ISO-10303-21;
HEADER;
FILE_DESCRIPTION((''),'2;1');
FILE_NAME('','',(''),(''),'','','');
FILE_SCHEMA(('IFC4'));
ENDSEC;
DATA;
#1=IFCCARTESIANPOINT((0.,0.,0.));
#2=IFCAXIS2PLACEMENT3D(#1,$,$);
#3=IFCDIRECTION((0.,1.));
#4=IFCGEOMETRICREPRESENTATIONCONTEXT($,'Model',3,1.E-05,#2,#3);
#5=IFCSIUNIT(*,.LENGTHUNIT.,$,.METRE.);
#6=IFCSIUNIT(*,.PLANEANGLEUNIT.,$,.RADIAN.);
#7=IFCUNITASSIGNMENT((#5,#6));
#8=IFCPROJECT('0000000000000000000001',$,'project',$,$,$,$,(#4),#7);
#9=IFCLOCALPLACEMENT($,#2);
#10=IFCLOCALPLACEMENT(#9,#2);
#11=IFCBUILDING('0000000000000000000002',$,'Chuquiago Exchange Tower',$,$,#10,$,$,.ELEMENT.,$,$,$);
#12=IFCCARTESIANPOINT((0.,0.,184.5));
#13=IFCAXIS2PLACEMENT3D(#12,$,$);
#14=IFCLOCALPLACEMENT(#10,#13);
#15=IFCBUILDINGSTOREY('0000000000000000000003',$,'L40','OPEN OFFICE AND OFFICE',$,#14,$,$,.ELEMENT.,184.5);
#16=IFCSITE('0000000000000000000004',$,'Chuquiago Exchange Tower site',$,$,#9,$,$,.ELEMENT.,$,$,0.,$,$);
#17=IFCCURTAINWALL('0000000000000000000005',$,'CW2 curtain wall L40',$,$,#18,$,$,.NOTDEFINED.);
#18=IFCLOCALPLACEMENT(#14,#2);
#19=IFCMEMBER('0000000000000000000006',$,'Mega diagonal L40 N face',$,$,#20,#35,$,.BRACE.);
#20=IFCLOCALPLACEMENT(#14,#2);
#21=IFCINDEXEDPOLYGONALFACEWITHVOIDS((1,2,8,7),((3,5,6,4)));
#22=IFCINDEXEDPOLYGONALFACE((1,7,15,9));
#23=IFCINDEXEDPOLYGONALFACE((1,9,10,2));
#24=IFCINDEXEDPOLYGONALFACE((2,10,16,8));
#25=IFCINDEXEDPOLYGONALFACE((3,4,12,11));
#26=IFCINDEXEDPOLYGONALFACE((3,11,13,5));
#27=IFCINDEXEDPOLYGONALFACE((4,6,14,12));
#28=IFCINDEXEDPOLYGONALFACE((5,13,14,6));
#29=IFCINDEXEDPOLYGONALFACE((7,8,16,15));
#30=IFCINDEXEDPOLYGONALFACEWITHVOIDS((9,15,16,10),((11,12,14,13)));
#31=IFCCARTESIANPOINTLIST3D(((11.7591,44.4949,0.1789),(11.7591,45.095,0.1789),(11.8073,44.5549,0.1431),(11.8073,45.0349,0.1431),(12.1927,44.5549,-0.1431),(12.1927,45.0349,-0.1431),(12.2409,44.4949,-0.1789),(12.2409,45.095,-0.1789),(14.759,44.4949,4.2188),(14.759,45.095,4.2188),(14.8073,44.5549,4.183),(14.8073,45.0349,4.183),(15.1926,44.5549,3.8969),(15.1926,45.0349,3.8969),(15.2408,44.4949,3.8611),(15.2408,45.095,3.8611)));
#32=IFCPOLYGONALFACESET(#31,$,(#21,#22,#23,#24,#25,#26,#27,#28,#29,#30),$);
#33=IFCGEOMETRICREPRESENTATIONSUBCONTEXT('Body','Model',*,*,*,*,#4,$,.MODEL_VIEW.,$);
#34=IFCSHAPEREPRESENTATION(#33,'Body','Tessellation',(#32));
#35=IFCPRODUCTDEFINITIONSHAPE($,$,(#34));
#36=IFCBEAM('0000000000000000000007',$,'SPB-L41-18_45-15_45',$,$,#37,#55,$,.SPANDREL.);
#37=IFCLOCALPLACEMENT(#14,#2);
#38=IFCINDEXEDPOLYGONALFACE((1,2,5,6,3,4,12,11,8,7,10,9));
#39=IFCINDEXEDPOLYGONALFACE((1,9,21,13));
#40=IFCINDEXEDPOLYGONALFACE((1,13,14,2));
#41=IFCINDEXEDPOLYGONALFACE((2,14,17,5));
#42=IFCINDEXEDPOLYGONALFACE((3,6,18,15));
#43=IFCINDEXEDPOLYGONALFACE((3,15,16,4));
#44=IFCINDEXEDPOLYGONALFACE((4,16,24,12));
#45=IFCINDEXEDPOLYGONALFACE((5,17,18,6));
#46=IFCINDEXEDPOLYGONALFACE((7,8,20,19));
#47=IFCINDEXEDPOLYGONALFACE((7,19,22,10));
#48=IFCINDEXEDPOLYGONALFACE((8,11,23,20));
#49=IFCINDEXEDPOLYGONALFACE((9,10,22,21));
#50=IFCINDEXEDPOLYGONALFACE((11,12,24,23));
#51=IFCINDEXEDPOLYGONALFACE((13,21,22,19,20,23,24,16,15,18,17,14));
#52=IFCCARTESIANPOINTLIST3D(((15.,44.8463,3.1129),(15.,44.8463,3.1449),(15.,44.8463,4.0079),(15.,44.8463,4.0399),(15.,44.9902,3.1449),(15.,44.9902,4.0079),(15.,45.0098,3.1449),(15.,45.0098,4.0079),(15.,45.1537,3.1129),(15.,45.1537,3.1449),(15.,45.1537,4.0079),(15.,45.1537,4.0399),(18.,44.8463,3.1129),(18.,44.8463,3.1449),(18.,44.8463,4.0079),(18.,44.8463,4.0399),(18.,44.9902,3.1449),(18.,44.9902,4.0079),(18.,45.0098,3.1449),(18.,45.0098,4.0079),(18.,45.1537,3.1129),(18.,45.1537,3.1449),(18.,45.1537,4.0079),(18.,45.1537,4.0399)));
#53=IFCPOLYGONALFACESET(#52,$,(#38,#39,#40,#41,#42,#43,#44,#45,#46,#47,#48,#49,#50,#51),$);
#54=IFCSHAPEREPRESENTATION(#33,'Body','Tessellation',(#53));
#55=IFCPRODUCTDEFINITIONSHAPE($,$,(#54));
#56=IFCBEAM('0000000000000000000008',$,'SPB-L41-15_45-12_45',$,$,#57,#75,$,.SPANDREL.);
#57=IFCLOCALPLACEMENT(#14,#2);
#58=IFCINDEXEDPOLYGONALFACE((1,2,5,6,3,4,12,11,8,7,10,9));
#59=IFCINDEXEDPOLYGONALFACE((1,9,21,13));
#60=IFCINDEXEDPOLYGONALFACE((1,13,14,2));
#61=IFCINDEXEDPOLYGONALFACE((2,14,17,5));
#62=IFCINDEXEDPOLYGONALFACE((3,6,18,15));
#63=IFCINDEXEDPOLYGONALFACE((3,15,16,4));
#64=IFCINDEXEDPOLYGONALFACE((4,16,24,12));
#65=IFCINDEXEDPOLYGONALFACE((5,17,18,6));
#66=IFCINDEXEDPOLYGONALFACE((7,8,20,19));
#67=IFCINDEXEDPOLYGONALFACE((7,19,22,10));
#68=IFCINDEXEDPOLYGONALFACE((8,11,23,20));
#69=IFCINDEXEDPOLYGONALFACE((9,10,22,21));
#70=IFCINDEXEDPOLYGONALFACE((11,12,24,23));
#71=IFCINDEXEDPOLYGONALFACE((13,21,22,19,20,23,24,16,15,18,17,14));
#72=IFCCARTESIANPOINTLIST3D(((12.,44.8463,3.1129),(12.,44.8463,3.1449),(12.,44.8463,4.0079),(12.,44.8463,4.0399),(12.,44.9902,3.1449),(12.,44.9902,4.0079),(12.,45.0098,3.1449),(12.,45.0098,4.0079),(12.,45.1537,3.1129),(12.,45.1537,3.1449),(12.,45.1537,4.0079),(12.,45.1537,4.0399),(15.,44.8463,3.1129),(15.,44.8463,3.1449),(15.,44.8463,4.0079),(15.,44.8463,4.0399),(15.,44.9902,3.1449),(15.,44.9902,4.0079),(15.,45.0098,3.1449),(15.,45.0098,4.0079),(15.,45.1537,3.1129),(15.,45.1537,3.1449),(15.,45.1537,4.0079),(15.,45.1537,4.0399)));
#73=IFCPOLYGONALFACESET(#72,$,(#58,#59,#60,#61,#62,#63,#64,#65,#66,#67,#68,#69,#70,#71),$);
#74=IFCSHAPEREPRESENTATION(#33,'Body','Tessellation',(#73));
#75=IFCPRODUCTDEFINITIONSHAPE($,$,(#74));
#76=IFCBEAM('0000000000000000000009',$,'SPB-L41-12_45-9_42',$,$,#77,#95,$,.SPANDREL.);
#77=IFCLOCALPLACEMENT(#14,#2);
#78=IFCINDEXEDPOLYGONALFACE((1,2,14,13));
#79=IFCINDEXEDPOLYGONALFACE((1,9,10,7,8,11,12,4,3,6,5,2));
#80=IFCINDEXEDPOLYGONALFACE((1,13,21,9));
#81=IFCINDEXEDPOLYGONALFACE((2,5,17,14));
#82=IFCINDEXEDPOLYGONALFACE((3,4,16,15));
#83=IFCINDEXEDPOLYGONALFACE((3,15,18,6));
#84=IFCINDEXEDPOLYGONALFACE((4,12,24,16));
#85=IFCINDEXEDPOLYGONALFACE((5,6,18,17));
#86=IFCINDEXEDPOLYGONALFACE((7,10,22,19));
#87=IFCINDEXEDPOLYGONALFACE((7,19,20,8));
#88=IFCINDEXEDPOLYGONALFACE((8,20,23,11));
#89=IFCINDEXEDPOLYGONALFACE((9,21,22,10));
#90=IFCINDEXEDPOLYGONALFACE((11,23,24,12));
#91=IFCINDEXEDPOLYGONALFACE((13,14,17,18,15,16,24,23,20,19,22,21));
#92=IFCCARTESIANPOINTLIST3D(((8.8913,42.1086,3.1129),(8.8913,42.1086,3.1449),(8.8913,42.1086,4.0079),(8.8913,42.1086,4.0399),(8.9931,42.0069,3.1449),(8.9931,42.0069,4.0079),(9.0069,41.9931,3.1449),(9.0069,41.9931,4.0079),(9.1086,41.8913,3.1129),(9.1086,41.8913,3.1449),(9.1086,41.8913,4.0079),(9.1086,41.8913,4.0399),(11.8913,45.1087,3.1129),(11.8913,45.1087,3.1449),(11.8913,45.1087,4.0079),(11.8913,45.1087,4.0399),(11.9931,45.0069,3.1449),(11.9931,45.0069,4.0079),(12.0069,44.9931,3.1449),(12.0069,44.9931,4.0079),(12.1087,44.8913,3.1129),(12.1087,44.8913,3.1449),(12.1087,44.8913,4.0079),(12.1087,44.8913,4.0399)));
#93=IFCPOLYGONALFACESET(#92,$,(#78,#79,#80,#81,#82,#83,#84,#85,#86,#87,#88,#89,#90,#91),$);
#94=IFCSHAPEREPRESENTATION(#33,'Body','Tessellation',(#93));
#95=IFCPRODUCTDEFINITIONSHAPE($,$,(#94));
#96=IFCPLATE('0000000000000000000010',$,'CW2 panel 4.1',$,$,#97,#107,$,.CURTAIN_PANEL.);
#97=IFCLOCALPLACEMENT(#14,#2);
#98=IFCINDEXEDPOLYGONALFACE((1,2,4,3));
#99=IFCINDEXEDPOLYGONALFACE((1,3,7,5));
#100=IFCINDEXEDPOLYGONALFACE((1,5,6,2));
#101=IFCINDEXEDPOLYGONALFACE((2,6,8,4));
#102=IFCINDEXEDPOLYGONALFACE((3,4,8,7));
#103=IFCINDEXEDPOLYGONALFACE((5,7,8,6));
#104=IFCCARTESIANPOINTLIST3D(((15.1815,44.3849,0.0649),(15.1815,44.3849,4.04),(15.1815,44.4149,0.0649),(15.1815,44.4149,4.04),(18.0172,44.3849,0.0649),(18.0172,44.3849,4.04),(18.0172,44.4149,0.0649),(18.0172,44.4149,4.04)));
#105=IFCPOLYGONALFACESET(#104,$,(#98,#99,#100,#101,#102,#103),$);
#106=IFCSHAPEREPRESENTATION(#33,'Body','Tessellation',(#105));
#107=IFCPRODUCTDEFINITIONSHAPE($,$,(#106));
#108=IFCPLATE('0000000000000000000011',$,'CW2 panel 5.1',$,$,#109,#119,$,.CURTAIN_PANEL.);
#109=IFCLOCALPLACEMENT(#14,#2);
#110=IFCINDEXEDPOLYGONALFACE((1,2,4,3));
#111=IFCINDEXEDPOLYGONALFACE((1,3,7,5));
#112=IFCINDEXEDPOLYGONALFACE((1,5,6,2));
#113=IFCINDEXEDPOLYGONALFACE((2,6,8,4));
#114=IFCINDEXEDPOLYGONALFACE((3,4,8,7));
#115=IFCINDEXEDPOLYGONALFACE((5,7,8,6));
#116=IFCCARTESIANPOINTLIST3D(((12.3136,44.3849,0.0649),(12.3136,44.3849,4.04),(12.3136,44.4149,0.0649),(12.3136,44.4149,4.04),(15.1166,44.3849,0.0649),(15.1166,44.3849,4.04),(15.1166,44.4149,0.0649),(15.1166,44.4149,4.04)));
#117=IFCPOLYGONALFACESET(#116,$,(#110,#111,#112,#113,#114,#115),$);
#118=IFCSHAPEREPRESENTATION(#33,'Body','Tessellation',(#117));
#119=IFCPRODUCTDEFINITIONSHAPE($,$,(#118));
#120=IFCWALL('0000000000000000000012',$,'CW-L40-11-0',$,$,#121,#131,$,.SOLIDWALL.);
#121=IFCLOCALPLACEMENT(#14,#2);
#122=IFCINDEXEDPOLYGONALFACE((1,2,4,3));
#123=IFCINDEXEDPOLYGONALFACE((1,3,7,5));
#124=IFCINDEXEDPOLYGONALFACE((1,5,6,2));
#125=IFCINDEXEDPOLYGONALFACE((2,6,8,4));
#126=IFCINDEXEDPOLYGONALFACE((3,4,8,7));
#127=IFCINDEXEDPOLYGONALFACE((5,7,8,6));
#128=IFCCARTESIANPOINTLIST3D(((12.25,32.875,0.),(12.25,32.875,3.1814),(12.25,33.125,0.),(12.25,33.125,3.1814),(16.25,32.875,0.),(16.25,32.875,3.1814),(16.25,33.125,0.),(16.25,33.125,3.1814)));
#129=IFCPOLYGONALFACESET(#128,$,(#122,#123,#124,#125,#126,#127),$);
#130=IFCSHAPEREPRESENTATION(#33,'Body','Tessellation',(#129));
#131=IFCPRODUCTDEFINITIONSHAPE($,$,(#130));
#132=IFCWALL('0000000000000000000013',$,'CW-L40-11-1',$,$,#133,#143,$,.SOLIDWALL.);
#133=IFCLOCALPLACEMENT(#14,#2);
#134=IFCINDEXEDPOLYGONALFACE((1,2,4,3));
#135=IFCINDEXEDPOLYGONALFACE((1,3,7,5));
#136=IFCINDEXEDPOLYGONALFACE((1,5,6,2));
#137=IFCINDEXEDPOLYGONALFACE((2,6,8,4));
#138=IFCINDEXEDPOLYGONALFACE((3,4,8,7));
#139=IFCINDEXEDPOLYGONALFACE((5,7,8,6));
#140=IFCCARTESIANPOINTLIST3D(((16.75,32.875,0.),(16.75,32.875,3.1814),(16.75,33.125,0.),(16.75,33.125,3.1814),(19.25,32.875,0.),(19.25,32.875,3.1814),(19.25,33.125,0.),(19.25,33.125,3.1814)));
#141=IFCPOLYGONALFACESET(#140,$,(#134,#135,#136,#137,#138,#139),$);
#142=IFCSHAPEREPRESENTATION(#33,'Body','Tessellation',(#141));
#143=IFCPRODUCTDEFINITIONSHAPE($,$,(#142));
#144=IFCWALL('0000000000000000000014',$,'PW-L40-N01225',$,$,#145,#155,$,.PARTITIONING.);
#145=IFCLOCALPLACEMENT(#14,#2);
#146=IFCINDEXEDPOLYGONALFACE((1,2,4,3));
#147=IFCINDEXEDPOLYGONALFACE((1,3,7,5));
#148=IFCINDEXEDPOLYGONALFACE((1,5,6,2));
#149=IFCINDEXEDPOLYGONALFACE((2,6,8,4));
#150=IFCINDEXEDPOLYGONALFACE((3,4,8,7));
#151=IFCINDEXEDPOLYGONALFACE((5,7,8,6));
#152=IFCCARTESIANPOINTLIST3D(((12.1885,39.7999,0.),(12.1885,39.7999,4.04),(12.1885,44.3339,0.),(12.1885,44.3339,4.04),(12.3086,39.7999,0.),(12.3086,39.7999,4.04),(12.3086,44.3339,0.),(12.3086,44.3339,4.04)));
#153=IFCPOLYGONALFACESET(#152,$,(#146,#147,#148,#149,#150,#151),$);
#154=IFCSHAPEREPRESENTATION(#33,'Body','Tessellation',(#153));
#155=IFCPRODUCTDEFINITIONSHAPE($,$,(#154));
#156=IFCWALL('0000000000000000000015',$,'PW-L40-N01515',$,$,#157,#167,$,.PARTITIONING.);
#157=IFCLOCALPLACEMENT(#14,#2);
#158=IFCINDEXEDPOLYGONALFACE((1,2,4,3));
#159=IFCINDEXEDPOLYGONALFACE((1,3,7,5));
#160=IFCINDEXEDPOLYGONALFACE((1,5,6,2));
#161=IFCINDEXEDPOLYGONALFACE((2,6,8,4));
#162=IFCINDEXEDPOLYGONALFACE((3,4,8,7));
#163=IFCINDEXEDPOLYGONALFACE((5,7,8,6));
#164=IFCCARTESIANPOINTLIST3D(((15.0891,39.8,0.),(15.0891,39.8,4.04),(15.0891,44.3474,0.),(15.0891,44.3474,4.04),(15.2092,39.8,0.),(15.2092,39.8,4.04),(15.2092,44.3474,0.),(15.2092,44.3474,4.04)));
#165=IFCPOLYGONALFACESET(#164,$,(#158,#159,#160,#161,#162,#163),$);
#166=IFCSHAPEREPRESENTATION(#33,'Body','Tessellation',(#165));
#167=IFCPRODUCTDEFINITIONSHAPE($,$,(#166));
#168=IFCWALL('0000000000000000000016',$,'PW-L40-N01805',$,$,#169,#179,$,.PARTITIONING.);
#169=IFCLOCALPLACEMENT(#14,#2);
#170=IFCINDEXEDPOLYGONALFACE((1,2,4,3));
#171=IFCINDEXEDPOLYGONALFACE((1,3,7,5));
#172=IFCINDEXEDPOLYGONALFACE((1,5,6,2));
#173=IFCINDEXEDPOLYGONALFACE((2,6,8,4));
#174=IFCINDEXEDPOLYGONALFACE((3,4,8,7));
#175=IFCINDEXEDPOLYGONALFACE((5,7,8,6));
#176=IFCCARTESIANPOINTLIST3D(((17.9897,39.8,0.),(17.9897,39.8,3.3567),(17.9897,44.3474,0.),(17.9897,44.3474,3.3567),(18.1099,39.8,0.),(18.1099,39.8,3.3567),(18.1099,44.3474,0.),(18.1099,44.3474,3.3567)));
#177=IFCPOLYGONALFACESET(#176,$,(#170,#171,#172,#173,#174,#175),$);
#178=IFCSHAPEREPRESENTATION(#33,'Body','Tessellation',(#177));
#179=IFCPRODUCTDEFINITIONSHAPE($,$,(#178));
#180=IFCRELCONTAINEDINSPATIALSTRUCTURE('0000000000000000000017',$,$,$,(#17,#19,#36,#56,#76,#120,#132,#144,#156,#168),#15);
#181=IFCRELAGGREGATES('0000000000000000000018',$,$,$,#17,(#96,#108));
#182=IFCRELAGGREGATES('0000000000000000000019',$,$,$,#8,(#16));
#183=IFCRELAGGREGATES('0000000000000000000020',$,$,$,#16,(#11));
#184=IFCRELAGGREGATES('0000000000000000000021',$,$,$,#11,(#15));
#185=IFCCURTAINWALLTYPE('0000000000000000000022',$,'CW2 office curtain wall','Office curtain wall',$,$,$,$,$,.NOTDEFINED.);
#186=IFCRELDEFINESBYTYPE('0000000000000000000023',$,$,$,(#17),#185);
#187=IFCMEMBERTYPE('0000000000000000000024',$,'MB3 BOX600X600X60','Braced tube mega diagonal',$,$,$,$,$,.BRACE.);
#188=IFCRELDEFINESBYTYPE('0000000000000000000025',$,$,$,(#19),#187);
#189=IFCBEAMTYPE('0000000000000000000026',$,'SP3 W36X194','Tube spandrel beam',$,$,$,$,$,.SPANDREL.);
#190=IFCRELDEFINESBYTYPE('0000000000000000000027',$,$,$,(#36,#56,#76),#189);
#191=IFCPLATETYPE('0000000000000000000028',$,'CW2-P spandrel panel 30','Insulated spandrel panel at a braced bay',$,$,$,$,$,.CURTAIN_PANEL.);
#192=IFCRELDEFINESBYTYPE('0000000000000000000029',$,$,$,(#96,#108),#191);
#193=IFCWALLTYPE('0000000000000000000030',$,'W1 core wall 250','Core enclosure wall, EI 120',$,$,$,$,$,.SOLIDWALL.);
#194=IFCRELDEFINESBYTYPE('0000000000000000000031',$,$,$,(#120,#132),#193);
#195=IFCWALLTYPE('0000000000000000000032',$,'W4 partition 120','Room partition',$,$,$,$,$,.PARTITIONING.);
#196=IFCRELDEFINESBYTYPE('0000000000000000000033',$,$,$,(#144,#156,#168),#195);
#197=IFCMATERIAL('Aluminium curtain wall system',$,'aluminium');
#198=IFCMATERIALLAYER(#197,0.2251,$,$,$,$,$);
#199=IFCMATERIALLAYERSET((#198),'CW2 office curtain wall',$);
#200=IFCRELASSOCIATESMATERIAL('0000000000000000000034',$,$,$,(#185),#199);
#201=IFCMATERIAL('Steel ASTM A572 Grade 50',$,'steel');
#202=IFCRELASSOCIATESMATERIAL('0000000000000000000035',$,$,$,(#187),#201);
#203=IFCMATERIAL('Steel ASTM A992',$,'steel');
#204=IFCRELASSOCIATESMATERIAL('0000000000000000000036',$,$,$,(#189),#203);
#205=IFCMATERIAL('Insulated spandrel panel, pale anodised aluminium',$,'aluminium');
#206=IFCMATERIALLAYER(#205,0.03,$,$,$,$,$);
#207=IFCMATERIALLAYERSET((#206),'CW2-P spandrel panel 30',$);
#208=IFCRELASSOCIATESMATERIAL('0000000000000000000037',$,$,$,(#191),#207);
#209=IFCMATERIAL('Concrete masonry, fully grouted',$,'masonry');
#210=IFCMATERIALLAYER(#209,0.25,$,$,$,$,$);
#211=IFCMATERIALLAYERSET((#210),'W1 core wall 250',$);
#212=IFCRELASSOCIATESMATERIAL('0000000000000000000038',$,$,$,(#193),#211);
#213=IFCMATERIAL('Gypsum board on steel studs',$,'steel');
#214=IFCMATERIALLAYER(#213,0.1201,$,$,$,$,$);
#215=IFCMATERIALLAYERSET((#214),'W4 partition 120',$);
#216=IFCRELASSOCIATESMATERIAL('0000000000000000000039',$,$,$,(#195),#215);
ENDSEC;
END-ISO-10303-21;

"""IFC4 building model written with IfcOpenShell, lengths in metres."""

from ifc_helpers import new_model, si_unit, direction, frame, frame_2d, origin, origin_2d, place, context, subcontext, project, spatial, rectangle, hollow_rectangle, i_section, extrude, material, layer, layer_set, material_profile, profile_set, type_object, element, aggregate, save


model = new_model("IFC4")

# Units and contexts
model_context = context("Model", 3, precision=1e-05, world=origin(), true_north=direction((0.0, 1.0)))
body_context = subcontext(model_context, "Body", "Model", "MODEL_VIEW")
ifc_project = project(units=[si_unit("LENGTHUNIT", "METRE"), si_unit("PLANEANGLEUNIT", "RADIAN")], contexts=[model_context])

# Site, building, storey
site_placement = place(None, origin())
site = spatial("IfcSite", under=ifc_project, at=site_placement, Name="Chuquiago Exchange Tower site", CompositionType="ELEMENT", RefElevation=0.0)
building_placement = place(site_placement, origin())
building = spatial("IfcBuilding", under=site, at=building_placement, Name="Chuquiago Exchange Tower", CompositionType="ELEMENT")
storey_placement = place(building_placement, frame((0.0, 0.0, 184.5)))
storey = spatial("IfcBuildingStorey", under=building, at=storey_placement, Name="L40", Description="OPEN OFFICE AND OFFICE", CompositionType="ELEMENT", Elevation=184.5)

# Curtain wall
ifc_material_1 = material(Name="Aluminium curtain wall system", Category="aluminium")
ifc_layer_1 = layer(ifc_material_1, 0.2251)
ifc_layer_set_1 = layer_set([ifc_layer_1], Name="CW2 office curtain wall")
curtain_wall_type_1 = type_object("IfcCurtainWallType", Name="CW2 office curtain wall", Description="Office curtain wall", PredefinedType="NOTDEFINED", material=ifc_layer_set_1)
curtain_wall_1_placement = place(storey_placement, origin())
curtain_wall_1 = element("IfcCurtainWall", 1, at=curtain_wall_1_placement, inside=storey, type_object=curtain_wall_type_1, Name="CW2 curtain wall L40", PredefinedType="NOTDEFINED")

# Member
ifc_material_2 = material(Name="Steel ASTM A572 Grade 50", Category="steel")
ifc_material_profile_1 = material_profile(ifc_material_2, hollow_rectangle(XDim=0.6001, YDim=0.6001, WallThickness=0.0601, at=origin_2d()), Name="BOX600X600X60")
ifc_profile_set_1 = profile_set([ifc_material_profile_1], Name="Steel ASTM A572 Grade 50")
member_type_1 = type_object("IfcMemberType", Name="MB3 BOX600X600X60", Description="Braced tube mega diagonal", PredefinedType="BRACE", material=ifc_profile_set_1)
for number, where, z_axis, x_axis, name in (
    (2, (12.0, 44.7949, 0.0), (0.596174, 0.0, 0.802855), (0.0, 1.0, 0.0), "Mega diagonal L40 N face"),
):
    element("IfcMember", number, at=place(storey_placement, frame(where, z_axis=z_axis, x_axis=x_axis)), inside=storey, type_object=member_type_1, Name=name, PredefinedType="BRACE", context=body_context, shape_type="SweptSolid", body=[
        extrude(hollow_rectangle(XDim=0.6001, YDim=0.6001, WallThickness=0.0601, at=origin_2d()), origin(), (0.0, 0.0, 1.0), 5.032),
    ])

# Beams
ifc_material_3 = material(Name="Steel ASTM A992", Category="steel")
ifc_material_profile_2 = material_profile(ifc_material_3, i_section(OverallWidth=0.3074, OverallDepth=0.927, WebThickness=0.0195, FlangeThickness=0.032, at=origin_2d()), Name="W36X194")
ifc_profile_set_2 = profile_set([ifc_material_profile_2], Name="Steel ASTM A992")
beam_type_1 = type_object("IfcBeamType", Name="SP3 W36X194", Description="Tube spandrel beam", PredefinedType="SPANDREL", material=ifc_profile_set_2)
for number, where, z_axis, x_axis, name in (
    (3, (18.0, 45.0, 3.5764), (-1.0, 0.0, 0.0), (0.0, -1.0, 0.0), "SPB-L41-18_45-15_45"),
    (4, (15.0, 45.0, 3.5764), (-1.0, 0.0, 0.0), (0.0, -1.0, 0.0), "SPB-L41-15_45-12_45"),
):
    element("IfcBeam", number, at=place(storey_placement, frame(where, z_axis=z_axis, x_axis=x_axis)), inside=storey, type_object=beam_type_1, Name=name, PredefinedType="SPANDREL", context=body_context, shape_type="SweptSolid", body=[
        extrude(i_section(OverallWidth=0.3074, OverallDepth=0.927, WebThickness=0.0195, FlangeThickness=0.032, at=origin_2d()), origin(), (0.0, 0.0, 1.0), 3.0),
    ])
beam_1_placement = place(storey_placement, frame((12.0, 45.0, 3.5764), z_axis=(-0.707107, -0.707107, 0.0), x_axis=(0.707107, -0.707107, 0.0)))
element("IfcBeam", 5, at=beam_1_placement, inside=storey, type_object=beam_type_1, Name="SPB-L41-12_45-9_42", PredefinedType="SPANDREL", context=body_context, shape_type="SweptSolid", body=[
    extrude(i_section(OverallWidth=0.3074, OverallDepth=0.927, WebThickness=0.0195, FlangeThickness=0.032, at=origin_2d()), origin(), (0.0, 0.0, 1.0), 4.2427),
])

# Plates
ifc_material_4 = material(Name="Insulated spandrel panel, pale anodised aluminium", Category="aluminium")
ifc_layer_2 = layer(ifc_material_4, 0.03)
ifc_layer_set_2 = layer_set([ifc_layer_2], Name="CW2-P spandrel panel 30")
plate_type = type_object("IfcPlateType", Name="CW2-P spandrel panel 30", Description="Insulated spandrel panel at a braced bay", PredefinedType="CURTAIN_PANEL", material=ifc_layer_set_2)
plate_1_placement = place(storey_placement, frame((16.5994, 44.3999, 0.0649), z_axis=(0.0, 0.0, 1.0), x_axis=(-1.0, 0.0, 0.0)))
plate_1 = element("IfcPlate", 6, at=plate_1_placement, type_object=plate_type, Name="CW2 panel 4.1", PredefinedType="CURTAIN_PANEL", context=body_context, shape_type="SweptSolid", body=[
    extrude(rectangle(XDim=2.8357, YDim=0.03, at=origin_2d()), origin(), (0.0, 0.0, 1.0), 3.9751),
])
plate_2_placement = place(storey_placement, frame((13.7151, 44.3999, 0.0649), z_axis=(0.0, 0.0, 1.0), x_axis=(-1.0, 0.0, 0.0)))
plate_2 = element("IfcPlate", 7, at=plate_2_placement, type_object=plate_type, Name="CW2 panel 5.1", PredefinedType="CURTAIN_PANEL", context=body_context, shape_type="SweptSolid", body=[
    extrude(rectangle(XDim=2.803, YDim=0.03, at=origin_2d()), origin(), (0.0, 0.0, 1.0), 3.9751),
])
aggregate(curtain_wall_1, [plate_1, plate_2])

# Walls
ifc_material_5 = material(Name="Concrete masonry, fully grouted", Category="masonry")
ifc_layer_3 = layer(ifc_material_5, 0.25)
ifc_layer_set_3 = layer_set([ifc_layer_3], Name="W1 core wall 250")
wall_type_1 = type_object("IfcWallType", Name="W1 core wall 250", Description="Core enclosure wall, EI 120", PredefinedType="SOLIDWALL", material=ifc_layer_set_3)
wall_1_placement = place(storey_placement, frame((12.25, 33.0, 0.0), z_axis=(0.0, 0.0, 1.0), x_axis=(1.0, 0.0, 0.0)))
element("IfcWall", 8, at=wall_1_placement, inside=storey, type_object=wall_type_1, Name="CW-L40-11-0", PredefinedType="SOLIDWALL", context=body_context, shape_type="SweptSolid", body=[
    extrude(rectangle(XDim=4.0, YDim=0.25, at=frame_2d((2.0, 0.0))), origin(), (0.0, 0.0, 1.0), 3.1814),
])
wall_2_placement = place(storey_placement, frame((16.75, 33.0, 0.0), z_axis=(0.0, 0.0, 1.0), x_axis=(1.0, 0.0, 0.0)))
element("IfcWall", 9, at=wall_2_placement, inside=storey, type_object=wall_type_1, Name="CW-L40-11-1", PredefinedType="SOLIDWALL", context=body_context, shape_type="SweptSolid", body=[
    extrude(rectangle(XDim=2.5, YDim=0.25, at=frame_2d((1.25, 0.0))), origin(), (0.0, 0.0, 1.0), 3.1814),
])
ifc_material_6 = material(Name="Gypsum board on steel studs", Category="steel")
ifc_layer_4 = layer(ifc_material_6, 0.1201)
ifc_layer_set_4 = layer_set([ifc_layer_4], Name="W4 partition 120")
wall_type_2 = type_object("IfcWallType", Name="W4 partition 120", Description="Room partition", PredefinedType="PARTITIONING", material=ifc_layer_set_4)
wall_3_placement = place(storey_placement, frame((12.2485, 44.334, 0.0), z_axis=(0.0, 0.0, 1.0), x_axis=(0.0, -1.0, 0.0)))
element("IfcWall", 10, at=wall_3_placement, inside=storey, type_object=wall_type_2, Name="PW-L40-N01225", PredefinedType="PARTITIONING", context=body_context, shape_type="SweptSolid", body=[
    extrude(rectangle(XDim=4.5339, YDim=0.1201, at=frame_2d((2.2671, 0.0))), origin(), (0.0, 0.0, 1.0), 4.04),
])
wall_4_placement = place(storey_placement, frame((15.1492, 44.3474, 0.0), z_axis=(0.0, 0.0, 1.0), x_axis=(0.0, -1.0, 0.0)))
element("IfcWall", 11, at=wall_4_placement, inside=storey, type_object=wall_type_2, Name="PW-L40-N01515", PredefinedType="PARTITIONING", context=body_context, shape_type="SweptSolid", body=[
    extrude(rectangle(XDim=4.5474, YDim=0.1201, at=frame_2d((2.2737, 0.0))), origin(), (0.0, 0.0, 1.0), 4.04),
])
wall_5_placement = place(storey_placement, frame((18.0498, 44.3474, 0.0), z_axis=(0.0, 0.0, 1.0), x_axis=(0.0, -1.0, 0.0)))
element("IfcWall", 12, at=wall_5_placement, inside=storey, type_object=wall_type_2, Name="PW-L40-N01805", PredefinedType="PARTITIONING", context=body_context, shape_type="SweptSolid", body=[
    extrude(rectangle(XDim=4.5474, YDim=0.1201, at=frame_2d((2.2737, 0.0))), origin(), (0.0, 0.0, 1.0), 3.3567),
])

save(model, "model.ifc")
